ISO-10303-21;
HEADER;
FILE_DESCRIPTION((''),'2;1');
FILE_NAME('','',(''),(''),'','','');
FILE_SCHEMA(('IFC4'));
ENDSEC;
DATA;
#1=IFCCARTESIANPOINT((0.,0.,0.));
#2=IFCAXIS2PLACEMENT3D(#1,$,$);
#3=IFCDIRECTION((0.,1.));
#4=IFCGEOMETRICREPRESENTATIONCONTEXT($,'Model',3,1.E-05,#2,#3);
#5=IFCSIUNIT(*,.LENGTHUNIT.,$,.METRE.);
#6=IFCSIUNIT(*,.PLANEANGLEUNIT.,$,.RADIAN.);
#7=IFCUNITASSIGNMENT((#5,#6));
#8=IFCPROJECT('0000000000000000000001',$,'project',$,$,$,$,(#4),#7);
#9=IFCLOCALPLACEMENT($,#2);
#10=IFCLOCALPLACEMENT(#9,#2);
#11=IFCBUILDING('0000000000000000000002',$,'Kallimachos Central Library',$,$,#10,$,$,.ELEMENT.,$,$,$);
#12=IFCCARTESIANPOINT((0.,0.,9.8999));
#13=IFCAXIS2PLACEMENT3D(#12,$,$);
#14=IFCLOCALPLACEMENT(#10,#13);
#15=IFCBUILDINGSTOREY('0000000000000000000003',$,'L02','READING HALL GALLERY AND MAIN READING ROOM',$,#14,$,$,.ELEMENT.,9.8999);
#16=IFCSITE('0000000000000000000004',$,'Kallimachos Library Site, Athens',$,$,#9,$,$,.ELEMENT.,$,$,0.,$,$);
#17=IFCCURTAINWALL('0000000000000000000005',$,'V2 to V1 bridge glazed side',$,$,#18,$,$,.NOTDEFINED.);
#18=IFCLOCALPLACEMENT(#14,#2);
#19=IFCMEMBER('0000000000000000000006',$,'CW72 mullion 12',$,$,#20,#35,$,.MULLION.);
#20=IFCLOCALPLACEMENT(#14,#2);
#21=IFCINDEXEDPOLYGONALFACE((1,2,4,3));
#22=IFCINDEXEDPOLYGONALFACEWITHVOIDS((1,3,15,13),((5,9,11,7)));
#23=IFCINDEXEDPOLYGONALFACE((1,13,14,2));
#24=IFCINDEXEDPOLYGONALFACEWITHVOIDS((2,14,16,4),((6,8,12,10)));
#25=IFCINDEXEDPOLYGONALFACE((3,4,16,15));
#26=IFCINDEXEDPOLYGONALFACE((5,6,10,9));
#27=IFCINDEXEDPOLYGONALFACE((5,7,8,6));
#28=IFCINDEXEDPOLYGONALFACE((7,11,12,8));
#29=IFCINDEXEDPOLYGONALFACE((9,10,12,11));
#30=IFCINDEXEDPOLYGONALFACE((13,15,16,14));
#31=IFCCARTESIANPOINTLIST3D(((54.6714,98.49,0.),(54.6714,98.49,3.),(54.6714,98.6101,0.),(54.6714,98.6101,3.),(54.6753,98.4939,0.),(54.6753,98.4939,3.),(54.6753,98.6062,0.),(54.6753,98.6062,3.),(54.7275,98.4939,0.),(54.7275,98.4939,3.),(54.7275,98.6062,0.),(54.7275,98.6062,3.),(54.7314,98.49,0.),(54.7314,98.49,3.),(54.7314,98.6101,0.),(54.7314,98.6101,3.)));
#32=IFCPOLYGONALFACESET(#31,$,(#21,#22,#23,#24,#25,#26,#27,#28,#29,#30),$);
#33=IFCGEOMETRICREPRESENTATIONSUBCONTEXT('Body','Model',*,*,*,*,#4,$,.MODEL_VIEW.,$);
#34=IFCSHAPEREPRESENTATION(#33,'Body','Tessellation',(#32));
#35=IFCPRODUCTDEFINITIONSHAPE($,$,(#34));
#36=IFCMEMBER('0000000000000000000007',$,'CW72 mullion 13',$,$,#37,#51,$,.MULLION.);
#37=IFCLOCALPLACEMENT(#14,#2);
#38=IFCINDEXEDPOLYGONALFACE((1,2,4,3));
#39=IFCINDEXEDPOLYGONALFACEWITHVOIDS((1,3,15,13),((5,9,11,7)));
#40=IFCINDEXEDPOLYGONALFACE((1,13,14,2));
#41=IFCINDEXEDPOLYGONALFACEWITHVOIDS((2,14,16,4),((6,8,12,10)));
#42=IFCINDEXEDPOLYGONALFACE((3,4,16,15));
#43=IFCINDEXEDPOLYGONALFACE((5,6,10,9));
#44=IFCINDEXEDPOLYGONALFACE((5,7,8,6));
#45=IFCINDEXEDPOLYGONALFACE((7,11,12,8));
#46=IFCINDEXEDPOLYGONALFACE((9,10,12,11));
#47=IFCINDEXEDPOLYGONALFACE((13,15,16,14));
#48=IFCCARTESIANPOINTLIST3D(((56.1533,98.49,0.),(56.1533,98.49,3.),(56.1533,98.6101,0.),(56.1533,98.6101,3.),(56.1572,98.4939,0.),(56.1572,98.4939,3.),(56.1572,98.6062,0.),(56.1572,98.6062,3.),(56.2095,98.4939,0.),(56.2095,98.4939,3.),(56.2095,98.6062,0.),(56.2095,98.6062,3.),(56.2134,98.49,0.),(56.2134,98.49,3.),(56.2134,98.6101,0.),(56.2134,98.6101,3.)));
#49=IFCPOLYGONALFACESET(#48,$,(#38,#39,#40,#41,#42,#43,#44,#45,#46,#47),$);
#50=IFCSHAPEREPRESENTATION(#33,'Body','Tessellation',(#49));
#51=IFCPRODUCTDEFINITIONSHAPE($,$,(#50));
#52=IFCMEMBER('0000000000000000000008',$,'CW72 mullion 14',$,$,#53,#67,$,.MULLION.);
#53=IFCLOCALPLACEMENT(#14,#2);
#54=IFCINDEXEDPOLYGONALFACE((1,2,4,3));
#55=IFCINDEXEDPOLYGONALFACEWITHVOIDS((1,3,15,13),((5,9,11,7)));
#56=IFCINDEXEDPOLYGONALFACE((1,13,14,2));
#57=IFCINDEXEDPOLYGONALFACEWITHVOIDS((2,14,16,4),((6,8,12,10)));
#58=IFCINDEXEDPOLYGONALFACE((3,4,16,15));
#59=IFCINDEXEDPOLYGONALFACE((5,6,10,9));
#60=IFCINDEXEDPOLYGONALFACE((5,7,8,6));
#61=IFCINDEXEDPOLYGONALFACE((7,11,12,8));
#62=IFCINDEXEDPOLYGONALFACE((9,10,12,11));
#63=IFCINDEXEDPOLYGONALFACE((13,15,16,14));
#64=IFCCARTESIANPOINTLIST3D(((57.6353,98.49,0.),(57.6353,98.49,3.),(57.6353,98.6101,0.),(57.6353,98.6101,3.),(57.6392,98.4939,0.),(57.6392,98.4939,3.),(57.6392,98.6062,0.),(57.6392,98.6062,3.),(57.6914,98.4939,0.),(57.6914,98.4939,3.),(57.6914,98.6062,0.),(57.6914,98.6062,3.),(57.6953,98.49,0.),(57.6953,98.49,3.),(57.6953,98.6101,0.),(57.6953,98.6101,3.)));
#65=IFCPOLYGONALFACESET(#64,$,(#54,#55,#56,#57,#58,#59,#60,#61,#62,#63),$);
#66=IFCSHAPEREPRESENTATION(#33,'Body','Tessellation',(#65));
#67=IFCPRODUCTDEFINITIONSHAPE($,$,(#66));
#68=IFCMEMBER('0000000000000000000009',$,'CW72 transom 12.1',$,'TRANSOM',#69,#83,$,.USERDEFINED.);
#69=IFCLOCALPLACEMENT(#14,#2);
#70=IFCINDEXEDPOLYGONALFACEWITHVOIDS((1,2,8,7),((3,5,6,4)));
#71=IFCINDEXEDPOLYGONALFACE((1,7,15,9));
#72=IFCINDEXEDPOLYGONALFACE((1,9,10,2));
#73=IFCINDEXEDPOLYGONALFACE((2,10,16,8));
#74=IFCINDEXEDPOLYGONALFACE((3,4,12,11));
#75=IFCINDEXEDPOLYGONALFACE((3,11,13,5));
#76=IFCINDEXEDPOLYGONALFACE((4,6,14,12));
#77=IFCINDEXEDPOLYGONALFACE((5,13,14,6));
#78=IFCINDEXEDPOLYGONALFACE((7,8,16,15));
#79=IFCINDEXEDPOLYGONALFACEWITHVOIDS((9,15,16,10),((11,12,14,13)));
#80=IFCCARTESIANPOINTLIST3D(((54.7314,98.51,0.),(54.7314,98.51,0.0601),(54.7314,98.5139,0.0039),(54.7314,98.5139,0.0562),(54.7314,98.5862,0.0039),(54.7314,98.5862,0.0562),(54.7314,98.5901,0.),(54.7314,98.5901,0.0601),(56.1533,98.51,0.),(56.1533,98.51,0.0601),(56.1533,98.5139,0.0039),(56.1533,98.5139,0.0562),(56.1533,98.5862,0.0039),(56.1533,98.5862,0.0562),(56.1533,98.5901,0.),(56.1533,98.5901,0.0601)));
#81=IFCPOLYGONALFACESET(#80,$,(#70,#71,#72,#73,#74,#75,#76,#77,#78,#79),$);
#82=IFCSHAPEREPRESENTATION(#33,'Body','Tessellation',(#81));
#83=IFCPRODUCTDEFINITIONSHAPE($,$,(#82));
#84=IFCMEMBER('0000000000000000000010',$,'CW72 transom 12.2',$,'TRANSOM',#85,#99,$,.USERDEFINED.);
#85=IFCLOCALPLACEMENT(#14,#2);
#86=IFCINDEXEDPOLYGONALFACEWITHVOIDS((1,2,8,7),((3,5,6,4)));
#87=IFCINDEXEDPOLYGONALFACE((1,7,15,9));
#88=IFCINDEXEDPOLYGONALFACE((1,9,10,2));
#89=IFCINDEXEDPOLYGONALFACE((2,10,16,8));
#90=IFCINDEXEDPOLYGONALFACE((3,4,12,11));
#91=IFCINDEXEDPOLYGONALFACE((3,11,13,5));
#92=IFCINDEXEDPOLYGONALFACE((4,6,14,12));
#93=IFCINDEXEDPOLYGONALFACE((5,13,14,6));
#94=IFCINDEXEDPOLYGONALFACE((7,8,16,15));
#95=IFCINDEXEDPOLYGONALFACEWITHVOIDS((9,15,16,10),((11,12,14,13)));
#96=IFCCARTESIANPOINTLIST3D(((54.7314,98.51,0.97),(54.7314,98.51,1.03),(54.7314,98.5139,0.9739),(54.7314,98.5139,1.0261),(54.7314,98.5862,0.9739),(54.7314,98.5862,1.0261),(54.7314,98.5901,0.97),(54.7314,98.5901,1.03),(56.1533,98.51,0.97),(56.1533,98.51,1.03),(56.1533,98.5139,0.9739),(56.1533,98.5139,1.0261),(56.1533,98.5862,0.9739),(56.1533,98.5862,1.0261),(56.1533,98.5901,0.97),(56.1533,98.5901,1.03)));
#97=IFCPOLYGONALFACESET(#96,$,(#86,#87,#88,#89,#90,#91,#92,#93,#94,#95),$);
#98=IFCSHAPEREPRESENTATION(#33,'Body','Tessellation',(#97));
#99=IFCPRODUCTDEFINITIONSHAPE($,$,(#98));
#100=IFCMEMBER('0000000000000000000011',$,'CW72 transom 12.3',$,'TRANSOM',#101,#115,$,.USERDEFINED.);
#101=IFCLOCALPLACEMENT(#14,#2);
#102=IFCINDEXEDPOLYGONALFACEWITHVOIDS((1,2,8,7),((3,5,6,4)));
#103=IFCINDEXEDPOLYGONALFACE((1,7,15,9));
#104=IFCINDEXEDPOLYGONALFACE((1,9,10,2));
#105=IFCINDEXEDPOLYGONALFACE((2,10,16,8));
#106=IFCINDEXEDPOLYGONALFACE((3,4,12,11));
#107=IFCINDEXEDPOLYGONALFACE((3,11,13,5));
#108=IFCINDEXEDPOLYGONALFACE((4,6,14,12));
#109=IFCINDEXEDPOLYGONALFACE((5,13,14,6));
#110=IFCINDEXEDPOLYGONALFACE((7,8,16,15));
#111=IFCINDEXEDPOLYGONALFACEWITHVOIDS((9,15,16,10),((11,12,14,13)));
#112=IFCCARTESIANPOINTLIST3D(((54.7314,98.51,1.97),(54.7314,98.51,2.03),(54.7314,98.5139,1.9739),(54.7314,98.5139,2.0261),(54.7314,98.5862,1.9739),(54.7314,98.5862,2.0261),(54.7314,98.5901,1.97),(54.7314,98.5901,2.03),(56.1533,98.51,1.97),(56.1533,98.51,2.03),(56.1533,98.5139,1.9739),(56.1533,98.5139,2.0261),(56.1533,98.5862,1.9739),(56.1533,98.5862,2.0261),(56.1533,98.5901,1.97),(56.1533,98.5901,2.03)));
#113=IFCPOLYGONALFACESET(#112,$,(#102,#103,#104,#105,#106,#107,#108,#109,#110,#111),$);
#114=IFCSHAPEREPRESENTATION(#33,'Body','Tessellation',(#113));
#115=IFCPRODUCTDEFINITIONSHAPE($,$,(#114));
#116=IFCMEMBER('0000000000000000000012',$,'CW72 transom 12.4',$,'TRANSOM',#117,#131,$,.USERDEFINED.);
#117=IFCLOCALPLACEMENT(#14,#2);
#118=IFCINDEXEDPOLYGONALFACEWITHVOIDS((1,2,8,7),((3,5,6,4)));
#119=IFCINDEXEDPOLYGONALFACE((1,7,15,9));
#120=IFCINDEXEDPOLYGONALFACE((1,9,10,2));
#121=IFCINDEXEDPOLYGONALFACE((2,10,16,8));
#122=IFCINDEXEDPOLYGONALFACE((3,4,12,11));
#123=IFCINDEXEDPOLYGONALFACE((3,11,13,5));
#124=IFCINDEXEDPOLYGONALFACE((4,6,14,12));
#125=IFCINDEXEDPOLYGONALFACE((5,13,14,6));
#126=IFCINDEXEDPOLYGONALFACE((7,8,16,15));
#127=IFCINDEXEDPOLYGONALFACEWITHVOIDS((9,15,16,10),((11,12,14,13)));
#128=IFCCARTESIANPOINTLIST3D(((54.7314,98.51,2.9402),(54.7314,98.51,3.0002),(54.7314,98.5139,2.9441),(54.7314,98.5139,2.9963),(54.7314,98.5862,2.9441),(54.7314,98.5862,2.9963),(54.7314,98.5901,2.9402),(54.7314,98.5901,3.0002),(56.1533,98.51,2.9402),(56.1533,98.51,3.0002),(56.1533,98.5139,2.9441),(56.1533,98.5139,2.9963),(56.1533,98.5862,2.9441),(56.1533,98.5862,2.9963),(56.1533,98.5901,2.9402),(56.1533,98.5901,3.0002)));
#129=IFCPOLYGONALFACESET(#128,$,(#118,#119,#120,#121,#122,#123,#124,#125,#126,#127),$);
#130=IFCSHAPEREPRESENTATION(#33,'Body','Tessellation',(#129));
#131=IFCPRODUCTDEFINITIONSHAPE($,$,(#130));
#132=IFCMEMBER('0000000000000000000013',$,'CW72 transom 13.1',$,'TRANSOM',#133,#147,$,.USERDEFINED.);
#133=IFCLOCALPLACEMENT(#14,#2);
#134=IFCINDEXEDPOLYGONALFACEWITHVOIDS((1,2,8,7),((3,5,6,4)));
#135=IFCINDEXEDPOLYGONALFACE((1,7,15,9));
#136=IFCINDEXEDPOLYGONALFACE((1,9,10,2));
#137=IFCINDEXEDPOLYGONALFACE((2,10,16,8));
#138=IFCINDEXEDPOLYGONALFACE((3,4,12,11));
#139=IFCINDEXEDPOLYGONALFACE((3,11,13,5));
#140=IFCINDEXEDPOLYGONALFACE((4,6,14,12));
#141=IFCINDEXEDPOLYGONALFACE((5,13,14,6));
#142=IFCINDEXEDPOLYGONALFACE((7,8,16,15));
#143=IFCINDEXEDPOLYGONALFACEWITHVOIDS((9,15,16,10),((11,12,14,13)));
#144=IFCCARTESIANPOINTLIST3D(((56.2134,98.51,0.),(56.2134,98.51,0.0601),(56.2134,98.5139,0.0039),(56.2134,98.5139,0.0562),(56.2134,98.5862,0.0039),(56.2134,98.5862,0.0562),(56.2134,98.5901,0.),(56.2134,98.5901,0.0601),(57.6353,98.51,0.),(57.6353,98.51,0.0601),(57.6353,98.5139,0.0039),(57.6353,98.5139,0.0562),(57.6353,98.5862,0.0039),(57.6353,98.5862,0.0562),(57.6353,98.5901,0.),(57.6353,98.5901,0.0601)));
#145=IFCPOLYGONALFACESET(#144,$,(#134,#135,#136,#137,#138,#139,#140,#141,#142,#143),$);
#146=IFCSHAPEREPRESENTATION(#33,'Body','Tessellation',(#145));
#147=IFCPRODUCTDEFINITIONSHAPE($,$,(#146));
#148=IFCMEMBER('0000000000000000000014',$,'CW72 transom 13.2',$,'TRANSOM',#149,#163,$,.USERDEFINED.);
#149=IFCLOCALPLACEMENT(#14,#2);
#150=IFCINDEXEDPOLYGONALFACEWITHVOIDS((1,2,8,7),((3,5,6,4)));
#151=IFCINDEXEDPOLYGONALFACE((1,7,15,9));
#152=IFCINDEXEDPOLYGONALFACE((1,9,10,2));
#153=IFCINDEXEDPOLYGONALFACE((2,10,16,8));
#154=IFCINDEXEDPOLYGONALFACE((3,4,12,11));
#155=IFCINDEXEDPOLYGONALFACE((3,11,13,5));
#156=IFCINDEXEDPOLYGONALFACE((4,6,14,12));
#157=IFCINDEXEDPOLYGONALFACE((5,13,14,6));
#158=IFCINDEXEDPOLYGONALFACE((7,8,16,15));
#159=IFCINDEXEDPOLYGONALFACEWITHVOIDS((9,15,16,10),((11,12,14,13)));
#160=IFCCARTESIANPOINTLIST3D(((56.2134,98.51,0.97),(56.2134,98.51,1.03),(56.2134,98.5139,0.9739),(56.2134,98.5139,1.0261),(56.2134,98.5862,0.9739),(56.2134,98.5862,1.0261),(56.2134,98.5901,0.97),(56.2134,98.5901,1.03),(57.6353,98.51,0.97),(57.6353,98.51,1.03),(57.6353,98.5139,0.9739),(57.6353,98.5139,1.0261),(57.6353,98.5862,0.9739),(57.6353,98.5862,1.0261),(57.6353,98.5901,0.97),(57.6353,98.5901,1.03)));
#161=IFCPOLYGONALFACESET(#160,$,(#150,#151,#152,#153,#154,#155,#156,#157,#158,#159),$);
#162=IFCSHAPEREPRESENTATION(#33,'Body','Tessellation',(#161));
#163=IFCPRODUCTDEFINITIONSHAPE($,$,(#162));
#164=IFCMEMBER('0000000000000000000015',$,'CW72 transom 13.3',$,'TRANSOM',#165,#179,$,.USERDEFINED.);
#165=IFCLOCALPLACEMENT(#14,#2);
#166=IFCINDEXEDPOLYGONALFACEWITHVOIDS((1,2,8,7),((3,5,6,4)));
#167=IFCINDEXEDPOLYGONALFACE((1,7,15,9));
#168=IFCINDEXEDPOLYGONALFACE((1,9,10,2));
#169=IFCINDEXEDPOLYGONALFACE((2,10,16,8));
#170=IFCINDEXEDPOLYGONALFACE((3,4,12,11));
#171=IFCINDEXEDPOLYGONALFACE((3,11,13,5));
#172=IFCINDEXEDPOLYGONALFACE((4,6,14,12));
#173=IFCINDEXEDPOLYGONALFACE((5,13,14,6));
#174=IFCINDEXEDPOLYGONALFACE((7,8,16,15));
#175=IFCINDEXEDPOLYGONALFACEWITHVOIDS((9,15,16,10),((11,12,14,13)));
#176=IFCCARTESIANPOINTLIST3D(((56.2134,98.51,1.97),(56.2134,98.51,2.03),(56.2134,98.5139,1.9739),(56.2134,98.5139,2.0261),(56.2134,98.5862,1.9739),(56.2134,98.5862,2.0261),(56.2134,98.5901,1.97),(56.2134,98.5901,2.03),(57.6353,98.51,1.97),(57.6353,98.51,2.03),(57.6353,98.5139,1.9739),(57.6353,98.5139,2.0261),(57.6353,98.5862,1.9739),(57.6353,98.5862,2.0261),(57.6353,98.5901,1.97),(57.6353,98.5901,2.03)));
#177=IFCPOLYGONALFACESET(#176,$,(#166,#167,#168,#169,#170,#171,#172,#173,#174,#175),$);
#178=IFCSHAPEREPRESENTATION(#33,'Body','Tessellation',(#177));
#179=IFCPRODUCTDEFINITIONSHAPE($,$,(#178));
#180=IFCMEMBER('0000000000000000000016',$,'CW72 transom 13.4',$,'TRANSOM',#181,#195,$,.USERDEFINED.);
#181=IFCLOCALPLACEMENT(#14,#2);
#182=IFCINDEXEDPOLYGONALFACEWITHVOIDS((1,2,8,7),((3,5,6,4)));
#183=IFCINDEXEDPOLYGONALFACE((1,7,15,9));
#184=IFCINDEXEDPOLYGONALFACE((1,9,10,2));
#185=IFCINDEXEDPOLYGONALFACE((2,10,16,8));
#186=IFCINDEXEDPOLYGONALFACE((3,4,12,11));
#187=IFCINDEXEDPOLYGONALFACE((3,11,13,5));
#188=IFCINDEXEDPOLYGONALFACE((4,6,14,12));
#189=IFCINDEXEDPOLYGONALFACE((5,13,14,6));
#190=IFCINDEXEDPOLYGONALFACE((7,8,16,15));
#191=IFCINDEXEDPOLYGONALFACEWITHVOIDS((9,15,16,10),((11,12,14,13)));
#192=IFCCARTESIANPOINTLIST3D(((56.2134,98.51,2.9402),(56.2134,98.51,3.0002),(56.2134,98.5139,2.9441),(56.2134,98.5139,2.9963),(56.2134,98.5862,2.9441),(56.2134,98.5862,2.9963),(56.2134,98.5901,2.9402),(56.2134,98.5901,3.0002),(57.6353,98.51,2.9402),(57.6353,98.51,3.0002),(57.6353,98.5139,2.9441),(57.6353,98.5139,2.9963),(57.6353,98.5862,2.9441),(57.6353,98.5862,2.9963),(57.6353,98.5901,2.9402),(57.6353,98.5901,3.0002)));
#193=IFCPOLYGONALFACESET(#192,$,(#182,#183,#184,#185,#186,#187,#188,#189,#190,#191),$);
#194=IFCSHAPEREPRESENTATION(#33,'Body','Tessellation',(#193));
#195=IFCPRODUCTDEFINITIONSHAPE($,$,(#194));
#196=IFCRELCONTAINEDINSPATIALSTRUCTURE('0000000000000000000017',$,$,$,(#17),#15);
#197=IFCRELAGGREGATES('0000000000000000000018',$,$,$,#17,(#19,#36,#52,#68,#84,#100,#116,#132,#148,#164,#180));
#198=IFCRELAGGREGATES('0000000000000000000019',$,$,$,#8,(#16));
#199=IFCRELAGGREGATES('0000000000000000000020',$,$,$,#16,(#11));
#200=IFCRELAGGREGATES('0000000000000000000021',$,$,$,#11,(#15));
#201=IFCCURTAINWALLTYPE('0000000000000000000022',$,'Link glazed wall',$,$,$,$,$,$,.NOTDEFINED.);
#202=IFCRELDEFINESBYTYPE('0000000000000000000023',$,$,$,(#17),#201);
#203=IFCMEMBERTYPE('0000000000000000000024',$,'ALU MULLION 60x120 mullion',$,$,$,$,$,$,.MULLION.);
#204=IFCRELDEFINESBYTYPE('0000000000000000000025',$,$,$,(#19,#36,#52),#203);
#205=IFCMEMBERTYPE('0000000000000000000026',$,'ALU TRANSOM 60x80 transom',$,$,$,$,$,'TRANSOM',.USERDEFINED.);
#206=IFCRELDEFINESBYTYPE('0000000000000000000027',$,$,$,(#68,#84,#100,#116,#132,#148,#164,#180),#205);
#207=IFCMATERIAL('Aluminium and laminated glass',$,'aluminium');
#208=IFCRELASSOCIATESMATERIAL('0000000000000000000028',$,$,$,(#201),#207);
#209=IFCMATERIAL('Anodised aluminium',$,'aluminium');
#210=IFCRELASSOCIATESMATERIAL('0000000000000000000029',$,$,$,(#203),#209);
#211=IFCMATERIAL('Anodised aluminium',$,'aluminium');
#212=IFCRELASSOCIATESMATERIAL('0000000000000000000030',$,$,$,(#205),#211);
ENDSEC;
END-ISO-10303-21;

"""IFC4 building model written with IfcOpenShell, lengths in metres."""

from ifc_helpers import new_model, si_unit, direction, frame, origin, origin_2d, place, context, subcontext, project, spatial, hollow_rectangle, extrude, material, material_profile, profile_set, type_object, element, aggregate, save


model = new_model("IFC4")

# Units and contexts
model_context = context("Model", 3, precision=1e-05, world=origin(), true_north=direction((0.0, 1.0)))
body_context = subcontext(model_context, "Body", "Model", "MODEL_VIEW")
ifc_project = project(units=[si_unit("LENGTHUNIT", "METRE"), si_unit("PLANEANGLEUNIT", "RADIAN")], contexts=[model_context])

# Site, building, storey
site_placement = place(None, origin())
site = spatial("IfcSite", under=ifc_project, at=site_placement, Name="Kallimachos Library Site, Athens", CompositionType="ELEMENT", RefElevation=0.0)
building_placement = place(site_placement, origin())
building = spatial("IfcBuilding", under=site, at=building_placement, Name="Kallimachos Central Library", CompositionType="ELEMENT")
storey_placement = place(building_placement, frame((0.0, 0.0, 9.8999)))
storey = spatial("IfcBuildingStorey", under=building, at=storey_placement, Name="L02", Description="READING HALL GALLERY AND MAIN READING ROOM", CompositionType="ELEMENT", Elevation=9.8999)

# Curtain wall, members
ifc_material_1 = material(Name="Aluminium and laminated glass", Category="aluminium")
curtain_wall_type = type_object("IfcCurtainWallType", Name="Link glazed wall", PredefinedType="NOTDEFINED", material=ifc_material_1)
curtain_wall_placement = place(storey_placement, origin())
curtain_wall = element("IfcCurtainWall", 1, at=curtain_wall_placement, inside=storey, type_object=curtain_wall_type, Name="V2 to V1 bridge glazed side", PredefinedType="NOTDEFINED")
ifc_material_2 = material(Name="Anodised aluminium", Category="aluminium")
ifc_material_profile_1 = material_profile(ifc_material_2, hollow_rectangle(XDim=0.0601, YDim=0.1201, WallThickness=0.0039, at=origin_2d()), Name="ALU MULLION 60x120")
ifc_profile_set_1 = profile_set([ifc_material_profile_1], Name="Anodised aluminium")
member_type_1 = type_object("IfcMemberType", Name="ALU MULLION 60x120 mullion", PredefinedType="MULLION", material=ifc_profile_set_1)
member_1_placement = place(storey_placement, frame((54.7014, 98.55, 0.0), z_axis=(0.0, 0.0, 1.0), x_axis=(1.0, 0.0, 0.0)))
member_1 = element("IfcMember", 2, at=member_1_placement, type_object=member_type_1, Name="CW72 mullion 12", PredefinedType="MULLION", context=body_context, shape_type="SweptSolid", body=[
    extrude(hollow_rectangle(XDim=0.0601, YDim=0.1201, WallThickness=0.0039, at=origin_2d()), origin(), (0.0, 0.0, 1.0), 3.0),
])
member_2_placement = place(storey_placement, frame((56.1833, 98.55, 0.0), z_axis=(0.0, 0.0, 1.0), x_axis=(1.0, 0.0, 0.0)))
member_2 = element("IfcMember", 3, at=member_2_placement, type_object=member_type_1, Name="CW72 mullion 13", PredefinedType="MULLION", context=body_context, shape_type="SweptSolid", body=[
    extrude(hollow_rectangle(XDim=0.0601, YDim=0.1201, WallThickness=0.0039, at=origin_2d()), origin(), (0.0, 0.0, 1.0), 3.0),
])
member_3_placement = place(storey_placement, frame((57.6653, 98.55, 0.0), z_axis=(0.0, 0.0, 1.0), x_axis=(1.0, 0.0, 0.0)))
member_3 = element("IfcMember", 4, at=member_3_placement, type_object=member_type_1, Name="CW72 mullion 14", PredefinedType="MULLION", context=body_context, shape_type="SweptSolid", body=[
    extrude(hollow_rectangle(XDim=0.0601, YDim=0.1201, WallThickness=0.0039, at=origin_2d()), origin(), (0.0, 0.0, 1.0), 3.0),
])
ifc_material_3 = material(Name="Anodised aluminium", Category="aluminium")
ifc_material_profile_2 = material_profile(ifc_material_3, hollow_rectangle(XDim=0.0601, YDim=0.0801, WallThickness=0.0039, at=origin_2d()), Name="ALU TRANSOM 60x80")
ifc_profile_set_2 = profile_set([ifc_material_profile_2], Name="Anodised aluminium")
member_type_2 = type_object("IfcMemberType", Name="ALU TRANSOM 60x80 transom", ElementType="TRANSOM", PredefinedType="USERDEFINED", material=ifc_profile_set_2)
member_4_placement = place(storey_placement, frame((54.7314, 98.55, 0.03), z_axis=(1.0, 0.0, 0.0), x_axis=(0.0, 0.0, 1.0)))
member_4 = element("IfcMember", 5, at=member_4_placement, type_object=member_type_2, Name="CW72 transom 12.1", ObjectType="TRANSOM", PredefinedType="USERDEFINED", context=body_context, shape_type="SweptSolid", body=[
    extrude(hollow_rectangle(XDim=0.0601, YDim=0.0801, WallThickness=0.0039, at=origin_2d()), origin(), (0.0, 0.0, 1.0), 1.4219),
])
member_5_placement = place(storey_placement, frame((54.7314, 98.55, 1.0), z_axis=(1.0, 0.0, 0.0), x_axis=(0.0, 0.0, 1.0)))
member_5 = element("IfcMember", 6, at=member_5_placement, type_object=member_type_2, Name="CW72 transom 12.2", ObjectType="TRANSOM", PredefinedType="USERDEFINED", context=body_context, shape_type="SweptSolid", body=[
    extrude(hollow_rectangle(XDim=0.0601, YDim=0.0801, WallThickness=0.0039, at=origin_2d()), origin(), (0.0, 0.0, 1.0), 1.4219),
])
member_6_placement = place(storey_placement, frame((54.7314, 98.55, 2.0), z_axis=(1.0, 0.0, 0.0), x_axis=(0.0, 0.0, 1.0)))
member_6 = element("IfcMember", 7, at=member_6_placement, type_object=member_type_2, Name="CW72 transom 12.3", ObjectType="TRANSOM", PredefinedType="USERDEFINED", context=body_context, shape_type="SweptSolid", body=[
    extrude(hollow_rectangle(XDim=0.0601, YDim=0.0801, WallThickness=0.0039, at=origin_2d()), origin(), (0.0, 0.0, 1.0), 1.4219),
])
member_7_placement = place(storey_placement, frame((54.7314, 98.55, 2.9702), z_axis=(1.0, 0.0, 0.0), x_axis=(0.0, 0.0, 1.0)))
member_7 = element("IfcMember", 8, at=member_7_placement, type_object=member_type_2, Name="CW72 transom 12.4", ObjectType="TRANSOM", PredefinedType="USERDEFINED", context=body_context, shape_type="SweptSolid", body=[
    extrude(hollow_rectangle(XDim=0.0601, YDim=0.0801, WallThickness=0.0039, at=origin_2d()), origin(), (0.0, 0.0, 1.0), 1.4219),
])
member_8_placement = place(storey_placement, frame((56.2134, 98.55, 0.03), z_axis=(1.0, 0.0, 0.0), x_axis=(0.0, 0.0, 1.0)))
member_8 = element("IfcMember", 9, at=member_8_placement, type_object=member_type_2, Name="CW72 transom 13.1", ObjectType="TRANSOM", PredefinedType="USERDEFINED", context=body_context, shape_type="SweptSolid", body=[
    extrude(hollow_rectangle(XDim=0.0601, YDim=0.0801, WallThickness=0.0039, at=origin_2d()), origin(), (0.0, 0.0, 1.0), 1.4219),
])
member_9_placement = place(storey_placement, frame((56.2134, 98.55, 1.0), z_axis=(1.0, 0.0, 0.0), x_axis=(0.0, 0.0, 1.0)))
member_9 = element("IfcMember", 10, at=member_9_placement, type_object=member_type_2, Name="CW72 transom 13.2", ObjectType="TRANSOM", PredefinedType="USERDEFINED", context=body_context, shape_type="SweptSolid", body=[
    extrude(hollow_rectangle(XDim=0.0601, YDim=0.0801, WallThickness=0.0039, at=origin_2d()), origin(), (0.0, 0.0, 1.0), 1.4219),
])
member_10_placement = place(storey_placement, frame((56.2134, 98.55, 2.0), z_axis=(1.0, 0.0, 0.0), x_axis=(0.0, 0.0, 1.0)))
member_10 = element("IfcMember", 11, at=member_10_placement, type_object=member_type_2, Name="CW72 transom 13.3", ObjectType="TRANSOM", PredefinedType="USERDEFINED", context=body_context, shape_type="SweptSolid", body=[
    extrude(hollow_rectangle(XDim=0.0601, YDim=0.0801, WallThickness=0.0039, at=origin_2d()), origin(), (0.0, 0.0, 1.0), 1.4219),
])
member_11_placement = place(storey_placement, frame((56.2134, 98.55, 2.9702), z_axis=(1.0, 0.0, 0.0), x_axis=(0.0, 0.0, 1.0)))
member_11 = element("IfcMember", 12, at=member_11_placement, type_object=member_type_2, Name="CW72 transom 13.4", ObjectType="TRANSOM", PredefinedType="USERDEFINED", context=body_context, shape_type="SweptSolid", body=[
    extrude(hollow_rectangle(XDim=0.0601, YDim=0.0801, WallThickness=0.0039, at=origin_2d()), origin(), (0.0, 0.0, 1.0), 1.4219),
])

aggregate(curtain_wall, [member_1, member_2, member_3, member_4, member_5, member_6, member_7, member_8, member_9, member_10, member_11])

save(model, "model.ifc")
